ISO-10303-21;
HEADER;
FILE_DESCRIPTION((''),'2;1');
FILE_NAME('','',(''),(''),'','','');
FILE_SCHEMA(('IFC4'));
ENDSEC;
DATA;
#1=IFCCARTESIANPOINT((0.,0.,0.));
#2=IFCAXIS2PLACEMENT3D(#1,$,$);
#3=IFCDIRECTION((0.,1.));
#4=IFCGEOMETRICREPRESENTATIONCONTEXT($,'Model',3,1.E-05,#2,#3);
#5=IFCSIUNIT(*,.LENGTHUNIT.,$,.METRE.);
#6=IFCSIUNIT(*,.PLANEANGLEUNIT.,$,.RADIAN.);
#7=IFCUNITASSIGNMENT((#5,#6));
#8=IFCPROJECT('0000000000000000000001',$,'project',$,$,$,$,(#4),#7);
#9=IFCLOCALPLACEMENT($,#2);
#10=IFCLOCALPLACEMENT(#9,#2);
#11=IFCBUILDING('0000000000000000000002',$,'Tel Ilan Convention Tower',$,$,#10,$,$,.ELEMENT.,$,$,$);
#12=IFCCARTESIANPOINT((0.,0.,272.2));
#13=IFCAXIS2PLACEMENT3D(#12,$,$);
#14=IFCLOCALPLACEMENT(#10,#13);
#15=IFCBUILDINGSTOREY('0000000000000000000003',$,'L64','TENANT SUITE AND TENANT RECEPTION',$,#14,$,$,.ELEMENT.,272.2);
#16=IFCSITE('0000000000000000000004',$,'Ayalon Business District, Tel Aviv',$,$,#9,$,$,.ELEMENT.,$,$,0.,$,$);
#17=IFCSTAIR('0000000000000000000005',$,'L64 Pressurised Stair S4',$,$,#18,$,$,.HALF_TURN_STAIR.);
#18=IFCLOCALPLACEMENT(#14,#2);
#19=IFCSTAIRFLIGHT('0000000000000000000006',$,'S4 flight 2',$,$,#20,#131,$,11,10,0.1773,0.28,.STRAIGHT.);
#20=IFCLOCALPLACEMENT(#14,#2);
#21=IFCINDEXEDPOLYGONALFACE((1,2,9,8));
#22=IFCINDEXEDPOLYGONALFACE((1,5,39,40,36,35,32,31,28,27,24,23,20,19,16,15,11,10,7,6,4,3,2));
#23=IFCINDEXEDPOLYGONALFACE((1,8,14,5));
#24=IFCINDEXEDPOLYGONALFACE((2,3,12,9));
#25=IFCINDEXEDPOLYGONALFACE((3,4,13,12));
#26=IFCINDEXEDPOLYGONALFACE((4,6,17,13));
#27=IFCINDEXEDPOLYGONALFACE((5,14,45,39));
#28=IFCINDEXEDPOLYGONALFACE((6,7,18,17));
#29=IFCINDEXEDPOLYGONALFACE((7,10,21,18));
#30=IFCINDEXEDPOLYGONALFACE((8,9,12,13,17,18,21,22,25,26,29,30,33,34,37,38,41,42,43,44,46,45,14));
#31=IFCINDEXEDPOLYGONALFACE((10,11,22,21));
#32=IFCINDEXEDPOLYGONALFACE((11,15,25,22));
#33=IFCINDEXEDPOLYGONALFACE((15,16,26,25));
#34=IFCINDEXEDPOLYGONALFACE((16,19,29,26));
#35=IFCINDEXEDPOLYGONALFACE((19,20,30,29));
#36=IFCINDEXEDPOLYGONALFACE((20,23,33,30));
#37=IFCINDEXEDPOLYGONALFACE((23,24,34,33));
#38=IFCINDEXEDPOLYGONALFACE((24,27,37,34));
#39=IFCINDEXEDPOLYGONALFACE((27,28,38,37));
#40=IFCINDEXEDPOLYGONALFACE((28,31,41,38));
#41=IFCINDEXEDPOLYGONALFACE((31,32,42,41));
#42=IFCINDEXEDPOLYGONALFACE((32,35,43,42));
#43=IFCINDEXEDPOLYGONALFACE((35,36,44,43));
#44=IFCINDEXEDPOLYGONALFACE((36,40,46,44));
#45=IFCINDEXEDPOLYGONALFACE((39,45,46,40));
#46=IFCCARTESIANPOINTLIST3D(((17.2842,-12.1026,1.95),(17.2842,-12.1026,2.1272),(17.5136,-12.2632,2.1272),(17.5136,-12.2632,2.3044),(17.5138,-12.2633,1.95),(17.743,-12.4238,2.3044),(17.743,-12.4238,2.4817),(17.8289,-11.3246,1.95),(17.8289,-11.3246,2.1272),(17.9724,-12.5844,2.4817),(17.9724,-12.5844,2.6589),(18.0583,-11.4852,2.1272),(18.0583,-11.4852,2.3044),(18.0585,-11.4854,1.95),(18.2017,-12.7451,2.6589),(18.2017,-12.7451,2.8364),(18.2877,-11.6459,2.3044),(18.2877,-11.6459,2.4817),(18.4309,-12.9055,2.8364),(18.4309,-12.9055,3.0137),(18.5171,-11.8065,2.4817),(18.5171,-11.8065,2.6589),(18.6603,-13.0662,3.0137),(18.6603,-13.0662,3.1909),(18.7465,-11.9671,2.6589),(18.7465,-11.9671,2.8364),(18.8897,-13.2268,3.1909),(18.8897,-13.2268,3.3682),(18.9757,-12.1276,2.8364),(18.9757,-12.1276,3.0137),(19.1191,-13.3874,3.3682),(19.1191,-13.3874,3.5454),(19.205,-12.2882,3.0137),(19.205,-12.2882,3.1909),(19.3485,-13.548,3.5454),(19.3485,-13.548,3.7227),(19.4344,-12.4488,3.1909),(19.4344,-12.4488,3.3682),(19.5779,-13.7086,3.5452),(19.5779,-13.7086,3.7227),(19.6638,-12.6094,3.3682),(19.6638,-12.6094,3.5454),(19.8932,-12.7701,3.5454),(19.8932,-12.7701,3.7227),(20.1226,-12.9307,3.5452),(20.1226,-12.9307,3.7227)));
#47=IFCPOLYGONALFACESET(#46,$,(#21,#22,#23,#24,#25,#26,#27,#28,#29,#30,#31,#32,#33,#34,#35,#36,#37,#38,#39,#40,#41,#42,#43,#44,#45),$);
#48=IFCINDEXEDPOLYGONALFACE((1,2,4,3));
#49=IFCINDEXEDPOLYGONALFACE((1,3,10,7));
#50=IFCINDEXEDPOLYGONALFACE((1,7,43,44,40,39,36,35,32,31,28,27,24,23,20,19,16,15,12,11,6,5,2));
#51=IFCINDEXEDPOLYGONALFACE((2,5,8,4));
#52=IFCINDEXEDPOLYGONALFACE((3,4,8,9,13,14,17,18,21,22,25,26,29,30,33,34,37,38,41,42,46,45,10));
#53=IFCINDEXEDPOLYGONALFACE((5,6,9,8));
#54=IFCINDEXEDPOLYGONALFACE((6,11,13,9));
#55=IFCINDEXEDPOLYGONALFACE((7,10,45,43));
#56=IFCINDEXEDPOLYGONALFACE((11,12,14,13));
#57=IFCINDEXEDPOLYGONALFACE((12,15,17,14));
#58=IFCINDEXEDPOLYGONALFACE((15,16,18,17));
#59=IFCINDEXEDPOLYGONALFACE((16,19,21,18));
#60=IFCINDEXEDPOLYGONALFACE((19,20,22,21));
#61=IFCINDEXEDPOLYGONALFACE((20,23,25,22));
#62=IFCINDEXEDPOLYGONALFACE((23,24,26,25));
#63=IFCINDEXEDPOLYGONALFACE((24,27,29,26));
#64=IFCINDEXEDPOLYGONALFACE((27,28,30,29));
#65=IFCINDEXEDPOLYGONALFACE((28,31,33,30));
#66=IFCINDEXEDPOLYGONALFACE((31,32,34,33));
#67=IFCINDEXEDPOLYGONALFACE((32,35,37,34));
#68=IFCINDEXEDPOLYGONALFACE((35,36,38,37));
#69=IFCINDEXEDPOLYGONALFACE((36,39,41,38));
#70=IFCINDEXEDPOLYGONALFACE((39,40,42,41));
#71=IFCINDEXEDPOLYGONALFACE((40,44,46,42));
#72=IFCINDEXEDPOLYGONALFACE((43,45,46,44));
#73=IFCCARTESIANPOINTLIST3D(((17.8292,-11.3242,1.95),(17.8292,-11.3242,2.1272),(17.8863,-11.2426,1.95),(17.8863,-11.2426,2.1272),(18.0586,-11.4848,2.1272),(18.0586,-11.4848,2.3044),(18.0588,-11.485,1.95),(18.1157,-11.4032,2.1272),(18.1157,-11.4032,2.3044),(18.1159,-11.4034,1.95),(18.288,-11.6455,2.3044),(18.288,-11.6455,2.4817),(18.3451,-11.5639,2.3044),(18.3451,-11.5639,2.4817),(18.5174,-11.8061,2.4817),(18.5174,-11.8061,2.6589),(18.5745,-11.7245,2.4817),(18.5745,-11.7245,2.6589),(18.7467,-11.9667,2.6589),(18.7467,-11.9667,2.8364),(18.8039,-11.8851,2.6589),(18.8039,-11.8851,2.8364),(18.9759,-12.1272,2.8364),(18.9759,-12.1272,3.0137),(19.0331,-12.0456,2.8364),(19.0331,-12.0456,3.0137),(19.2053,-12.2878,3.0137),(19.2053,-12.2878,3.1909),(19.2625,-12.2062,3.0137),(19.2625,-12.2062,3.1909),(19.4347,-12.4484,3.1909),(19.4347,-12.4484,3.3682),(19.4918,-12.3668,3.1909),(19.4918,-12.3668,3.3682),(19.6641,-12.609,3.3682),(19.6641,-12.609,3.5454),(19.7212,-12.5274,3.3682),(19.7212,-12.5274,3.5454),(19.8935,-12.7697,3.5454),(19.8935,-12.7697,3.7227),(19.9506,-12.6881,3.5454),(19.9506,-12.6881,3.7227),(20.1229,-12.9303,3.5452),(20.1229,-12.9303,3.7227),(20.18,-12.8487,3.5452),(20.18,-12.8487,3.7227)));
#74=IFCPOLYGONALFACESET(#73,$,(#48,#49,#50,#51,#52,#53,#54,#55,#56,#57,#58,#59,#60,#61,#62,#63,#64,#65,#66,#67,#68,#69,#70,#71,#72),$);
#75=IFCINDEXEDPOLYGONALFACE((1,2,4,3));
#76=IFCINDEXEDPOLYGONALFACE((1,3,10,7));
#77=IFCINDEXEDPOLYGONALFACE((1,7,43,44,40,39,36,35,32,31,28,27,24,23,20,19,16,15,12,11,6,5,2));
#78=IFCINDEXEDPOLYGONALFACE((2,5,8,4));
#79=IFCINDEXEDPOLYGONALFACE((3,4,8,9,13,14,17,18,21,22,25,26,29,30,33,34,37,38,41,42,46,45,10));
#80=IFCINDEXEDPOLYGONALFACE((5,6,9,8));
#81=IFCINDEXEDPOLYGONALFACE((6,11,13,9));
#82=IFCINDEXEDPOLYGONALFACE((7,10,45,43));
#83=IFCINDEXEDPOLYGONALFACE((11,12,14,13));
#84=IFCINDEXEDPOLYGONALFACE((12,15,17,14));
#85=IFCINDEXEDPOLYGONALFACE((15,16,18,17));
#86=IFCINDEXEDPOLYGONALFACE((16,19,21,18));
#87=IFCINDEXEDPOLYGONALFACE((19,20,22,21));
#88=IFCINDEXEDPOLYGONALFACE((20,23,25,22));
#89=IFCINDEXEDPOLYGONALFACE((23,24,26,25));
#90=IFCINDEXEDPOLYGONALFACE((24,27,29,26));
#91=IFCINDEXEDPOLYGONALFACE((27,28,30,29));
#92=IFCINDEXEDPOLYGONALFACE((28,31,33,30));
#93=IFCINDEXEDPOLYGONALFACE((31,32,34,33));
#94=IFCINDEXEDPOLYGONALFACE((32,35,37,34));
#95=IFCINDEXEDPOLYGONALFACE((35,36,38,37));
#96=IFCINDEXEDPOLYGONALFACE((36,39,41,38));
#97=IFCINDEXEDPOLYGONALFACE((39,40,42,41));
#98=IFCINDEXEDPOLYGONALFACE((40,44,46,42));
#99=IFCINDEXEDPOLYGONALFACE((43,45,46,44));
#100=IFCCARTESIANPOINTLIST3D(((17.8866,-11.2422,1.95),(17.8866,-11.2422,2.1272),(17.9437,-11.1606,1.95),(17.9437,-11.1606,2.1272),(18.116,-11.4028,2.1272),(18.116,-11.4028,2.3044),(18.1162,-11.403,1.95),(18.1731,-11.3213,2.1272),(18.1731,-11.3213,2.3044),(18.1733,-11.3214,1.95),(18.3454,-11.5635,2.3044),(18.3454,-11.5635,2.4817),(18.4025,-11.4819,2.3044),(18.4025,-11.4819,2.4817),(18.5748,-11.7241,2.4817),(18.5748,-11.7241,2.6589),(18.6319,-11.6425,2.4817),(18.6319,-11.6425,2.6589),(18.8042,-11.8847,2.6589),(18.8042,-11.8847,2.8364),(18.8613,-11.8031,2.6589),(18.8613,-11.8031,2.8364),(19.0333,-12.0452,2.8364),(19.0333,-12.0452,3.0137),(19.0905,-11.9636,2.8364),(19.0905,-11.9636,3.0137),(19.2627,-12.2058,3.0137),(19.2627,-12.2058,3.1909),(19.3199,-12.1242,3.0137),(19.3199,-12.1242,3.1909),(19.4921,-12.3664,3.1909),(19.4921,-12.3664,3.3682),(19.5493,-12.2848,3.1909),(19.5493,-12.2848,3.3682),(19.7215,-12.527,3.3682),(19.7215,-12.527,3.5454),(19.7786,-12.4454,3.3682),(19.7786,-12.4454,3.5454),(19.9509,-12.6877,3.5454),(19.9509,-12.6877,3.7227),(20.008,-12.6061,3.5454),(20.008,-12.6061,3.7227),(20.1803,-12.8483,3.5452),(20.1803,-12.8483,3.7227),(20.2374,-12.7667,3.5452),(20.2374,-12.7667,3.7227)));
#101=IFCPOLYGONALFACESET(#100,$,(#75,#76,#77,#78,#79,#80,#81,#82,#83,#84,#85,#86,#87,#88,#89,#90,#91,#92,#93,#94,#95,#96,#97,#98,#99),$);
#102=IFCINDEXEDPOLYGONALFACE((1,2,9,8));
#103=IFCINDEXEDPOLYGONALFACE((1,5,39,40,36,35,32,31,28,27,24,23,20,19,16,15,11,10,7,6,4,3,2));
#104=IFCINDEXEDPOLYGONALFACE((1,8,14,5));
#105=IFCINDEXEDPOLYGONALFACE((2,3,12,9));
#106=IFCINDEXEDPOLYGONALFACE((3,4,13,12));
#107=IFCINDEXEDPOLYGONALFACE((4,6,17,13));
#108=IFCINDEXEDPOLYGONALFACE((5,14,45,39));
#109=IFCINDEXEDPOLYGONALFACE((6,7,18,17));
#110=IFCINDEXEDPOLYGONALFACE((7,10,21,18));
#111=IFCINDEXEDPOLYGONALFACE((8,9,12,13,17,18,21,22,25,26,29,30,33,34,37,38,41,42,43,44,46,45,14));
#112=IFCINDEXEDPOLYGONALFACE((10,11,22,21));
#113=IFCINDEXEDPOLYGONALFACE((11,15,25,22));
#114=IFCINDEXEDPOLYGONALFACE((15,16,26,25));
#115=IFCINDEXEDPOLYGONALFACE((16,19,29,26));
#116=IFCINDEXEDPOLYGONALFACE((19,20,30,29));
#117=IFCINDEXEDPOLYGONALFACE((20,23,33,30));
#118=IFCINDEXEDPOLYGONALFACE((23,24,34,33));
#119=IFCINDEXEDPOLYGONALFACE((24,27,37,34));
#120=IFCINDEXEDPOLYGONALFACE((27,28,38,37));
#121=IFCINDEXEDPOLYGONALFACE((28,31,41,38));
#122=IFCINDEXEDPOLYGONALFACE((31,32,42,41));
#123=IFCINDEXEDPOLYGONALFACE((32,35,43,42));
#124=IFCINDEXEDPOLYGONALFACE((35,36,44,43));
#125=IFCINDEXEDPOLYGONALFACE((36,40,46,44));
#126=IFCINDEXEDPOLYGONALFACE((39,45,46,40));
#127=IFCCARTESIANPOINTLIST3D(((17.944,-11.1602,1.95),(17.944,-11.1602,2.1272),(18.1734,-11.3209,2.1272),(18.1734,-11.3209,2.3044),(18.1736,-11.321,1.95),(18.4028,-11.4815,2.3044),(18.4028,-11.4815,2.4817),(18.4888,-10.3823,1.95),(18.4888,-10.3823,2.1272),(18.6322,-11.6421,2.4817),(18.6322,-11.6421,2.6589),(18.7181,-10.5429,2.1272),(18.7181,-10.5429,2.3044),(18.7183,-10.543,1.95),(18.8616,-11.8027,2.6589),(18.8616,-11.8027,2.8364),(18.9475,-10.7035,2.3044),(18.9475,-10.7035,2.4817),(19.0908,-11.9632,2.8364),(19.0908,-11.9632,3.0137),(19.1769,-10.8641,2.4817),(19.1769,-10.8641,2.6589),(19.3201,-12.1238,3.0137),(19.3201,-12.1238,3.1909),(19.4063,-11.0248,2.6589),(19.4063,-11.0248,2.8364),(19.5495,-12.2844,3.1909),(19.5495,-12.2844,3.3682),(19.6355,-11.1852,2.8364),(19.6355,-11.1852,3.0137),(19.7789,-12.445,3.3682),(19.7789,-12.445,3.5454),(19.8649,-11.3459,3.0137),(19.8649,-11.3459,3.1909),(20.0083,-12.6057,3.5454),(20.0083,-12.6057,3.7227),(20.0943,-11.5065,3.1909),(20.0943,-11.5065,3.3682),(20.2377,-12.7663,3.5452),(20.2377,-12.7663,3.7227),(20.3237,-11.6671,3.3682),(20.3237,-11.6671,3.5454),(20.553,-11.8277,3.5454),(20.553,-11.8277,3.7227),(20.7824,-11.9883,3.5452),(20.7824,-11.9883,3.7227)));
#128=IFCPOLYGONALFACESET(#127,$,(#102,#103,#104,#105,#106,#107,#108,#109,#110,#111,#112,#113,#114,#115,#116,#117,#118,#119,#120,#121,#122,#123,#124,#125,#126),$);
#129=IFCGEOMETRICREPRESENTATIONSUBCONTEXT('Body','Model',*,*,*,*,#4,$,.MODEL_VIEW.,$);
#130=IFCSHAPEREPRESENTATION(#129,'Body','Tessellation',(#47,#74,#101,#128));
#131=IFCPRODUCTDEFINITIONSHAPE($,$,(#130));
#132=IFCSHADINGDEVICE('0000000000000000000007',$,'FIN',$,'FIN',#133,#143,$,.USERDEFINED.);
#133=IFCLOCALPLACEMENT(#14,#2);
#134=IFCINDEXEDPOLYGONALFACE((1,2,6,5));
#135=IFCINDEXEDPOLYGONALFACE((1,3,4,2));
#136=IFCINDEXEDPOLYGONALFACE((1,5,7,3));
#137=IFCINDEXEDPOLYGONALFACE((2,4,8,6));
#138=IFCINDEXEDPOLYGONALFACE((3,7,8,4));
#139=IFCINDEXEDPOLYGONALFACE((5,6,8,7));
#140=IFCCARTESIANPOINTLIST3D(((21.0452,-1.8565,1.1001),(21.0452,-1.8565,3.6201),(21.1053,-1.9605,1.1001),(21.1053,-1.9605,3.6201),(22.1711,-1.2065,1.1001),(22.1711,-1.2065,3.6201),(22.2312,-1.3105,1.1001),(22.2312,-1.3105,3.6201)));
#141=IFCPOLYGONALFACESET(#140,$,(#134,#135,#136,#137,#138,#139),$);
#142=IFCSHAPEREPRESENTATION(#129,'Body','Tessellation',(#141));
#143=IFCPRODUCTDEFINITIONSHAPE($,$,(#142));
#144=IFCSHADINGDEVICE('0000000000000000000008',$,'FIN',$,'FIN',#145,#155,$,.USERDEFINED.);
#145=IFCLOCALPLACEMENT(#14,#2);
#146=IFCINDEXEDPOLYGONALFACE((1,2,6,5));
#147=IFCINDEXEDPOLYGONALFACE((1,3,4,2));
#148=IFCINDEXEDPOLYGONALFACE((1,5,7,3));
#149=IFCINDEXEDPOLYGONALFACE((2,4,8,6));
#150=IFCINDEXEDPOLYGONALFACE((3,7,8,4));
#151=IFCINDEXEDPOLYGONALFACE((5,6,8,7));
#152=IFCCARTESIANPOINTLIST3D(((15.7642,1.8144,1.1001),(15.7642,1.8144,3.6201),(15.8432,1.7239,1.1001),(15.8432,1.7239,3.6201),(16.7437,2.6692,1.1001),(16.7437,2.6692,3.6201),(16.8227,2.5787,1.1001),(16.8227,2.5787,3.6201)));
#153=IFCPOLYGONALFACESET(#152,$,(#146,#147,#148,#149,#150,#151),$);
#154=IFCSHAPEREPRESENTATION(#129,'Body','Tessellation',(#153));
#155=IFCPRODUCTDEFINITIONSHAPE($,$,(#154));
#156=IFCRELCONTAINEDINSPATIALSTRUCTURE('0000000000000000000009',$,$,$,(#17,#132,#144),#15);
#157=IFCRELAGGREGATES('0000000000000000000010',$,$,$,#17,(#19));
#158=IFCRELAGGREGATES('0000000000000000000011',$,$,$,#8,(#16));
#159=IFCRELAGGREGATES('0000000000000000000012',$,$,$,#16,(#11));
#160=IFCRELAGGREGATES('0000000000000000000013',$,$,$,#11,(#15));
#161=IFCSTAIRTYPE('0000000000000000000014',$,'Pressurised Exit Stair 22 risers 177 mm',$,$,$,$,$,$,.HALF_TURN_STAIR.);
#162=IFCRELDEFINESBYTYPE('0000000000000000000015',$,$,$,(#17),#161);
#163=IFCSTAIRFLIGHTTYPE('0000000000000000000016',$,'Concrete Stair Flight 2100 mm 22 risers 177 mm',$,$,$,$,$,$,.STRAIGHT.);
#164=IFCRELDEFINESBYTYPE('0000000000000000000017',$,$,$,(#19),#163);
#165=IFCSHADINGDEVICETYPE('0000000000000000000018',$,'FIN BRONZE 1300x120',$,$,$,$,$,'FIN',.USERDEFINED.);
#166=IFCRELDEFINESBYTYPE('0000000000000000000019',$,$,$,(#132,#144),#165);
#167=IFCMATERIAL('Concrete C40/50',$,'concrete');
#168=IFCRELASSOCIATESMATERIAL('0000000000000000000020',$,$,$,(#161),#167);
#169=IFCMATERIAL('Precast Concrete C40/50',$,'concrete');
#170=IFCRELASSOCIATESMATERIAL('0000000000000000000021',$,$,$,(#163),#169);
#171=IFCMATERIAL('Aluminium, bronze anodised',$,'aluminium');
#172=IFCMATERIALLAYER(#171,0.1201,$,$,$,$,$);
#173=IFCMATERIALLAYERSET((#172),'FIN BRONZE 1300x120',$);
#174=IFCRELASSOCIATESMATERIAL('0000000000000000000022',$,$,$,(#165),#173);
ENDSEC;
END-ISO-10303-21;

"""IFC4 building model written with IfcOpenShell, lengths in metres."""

from ifc_helpers import new_model, si_unit, direction, frame, origin, origin_2d, place, context, subcontext, project, spatial, polyline, rectangle, outline, extrude, material, layer, layer_set, type_object, element, aggregate, save


model = new_model("IFC4")

# Units and contexts
model_context = context("Model", 3, precision=1e-05, world=origin(), true_north=direction((0.0, 1.0)))
body_context = subcontext(model_context, "Body", "Model", "MODEL_VIEW")
ifc_project = project(units=[si_unit("LENGTHUNIT", "METRE"), si_unit("PLANEANGLEUNIT", "RADIAN")], contexts=[model_context])

# Site, building, storey
site_placement = place(None, origin())
site = spatial("IfcSite", under=ifc_project, at=site_placement, Name="Ayalon Business District, Tel Aviv", CompositionType="ELEMENT", RefElevation=0.0)
building_placement = place(site_placement, origin())
building = spatial("IfcBuilding", under=site, at=building_placement, Name="Tel Ilan Convention Tower", CompositionType="ELEMENT")
storey_placement = place(building_placement, frame((0.0, 0.0, 272.2)))
storey = spatial("IfcBuildingStorey", under=building, at=storey_placement, Name="L64", Description="TENANT SUITE AND TENANT RECEPTION", CompositionType="ELEMENT", Elevation=272.2)

# Shared definitions
ifc_material_1 = material(Name="Concrete C40/50", Category="concrete")
stair_type = type_object("IfcStairType", Name="Pressurised Exit Stair 22 risers 177 mm", PredefinedType="HALF_TURN_STAIR", material=ifc_material_1)
ifc_material_2 = material(Name="Precast Concrete C40/50", Category="concrete")
stair_flight_type = type_object("IfcStairFlightType", Name="Concrete Stair Flight 2100 mm 22 risers 177 mm", PredefinedType="STRAIGHT", material=ifc_material_2)

# Stair, stair flight
stair_1_placement = place(storey_placement, origin())
stair_1 = element("IfcStair", 1, at=stair_1_placement, inside=storey, type_object=stair_type, Name="L64 Pressurised Stair S4", PredefinedType="HALF_TURN_STAIR")
stair_flight_1_placement = place(storey_placement, frame((17.8865, -11.2424, 1.95), z_axis=(0.0, 0.0, 1.0), x_axis=(0.819152, -0.573576, 0.0)))
stair_flight_1 = element("IfcStairFlight", 2, at=stair_flight_1_placement, type_object=stair_flight_type, Name="S4 flight 2", NumberOfRisers=11, NumberOfTreads=10, PredefinedType="STRAIGHT", RiserHeight=0.1773, TreadLength=0.28, context=body_context, shape_type="SweptSolid", body=[
    extrude(outline(polyline([(0.0, 0.0), (0.0, 0.1772), (0.28, 0.1772), (0.28, 0.3545), (0.5601, 0.3545), (0.5601, 0.5317), (0.8401, 0.5317), (0.8401, 0.709), (1.1201, 0.709), (1.1201, 0.8865), (1.3999, 0.8865), (1.3999, 1.0637), (1.6799, 1.0637), (1.6799, 1.241), (1.96, 1.241), (1.96, 1.4182), (2.24, 1.4182), (2.24, 1.5955), (2.52, 1.5955), (2.52, 1.7727), (2.8, 1.7727), (2.8, 1.95), (2.8, 1.5952), (0.2803, 0.0), (0.0, 0.0)])), frame((0.0, -0.1003, 0.0), z_axis=(0.0, -1.0, 0.0), x_axis=(1.0, 0.0, 0.0)), (0.0, 0.0, 1.0), 0.9497),
    extrude(outline(polyline([(0.0, 0.0), (0.0, 0.1772), (0.28, 0.1772), (0.28, 0.3545), (0.5601, 0.3545), (0.5601, 0.5317), (0.8401, 0.5317), (0.8401, 0.709), (1.1201, 0.709), (1.1201, 0.8865), (1.3999, 0.8865), (1.3999, 1.0637), (1.6799, 1.0637), (1.6799, 1.241), (1.96, 1.241), (1.96, 1.4182), (2.24, 1.4182), (2.24, 1.5955), (2.52, 1.5955), (2.52, 1.7727), (2.8, 1.7727), (2.8, 1.95), (2.8, 1.5952), (0.2803, 0.0), (0.0, 0.0)])), frame((0.0, -0.0002, 0.0), z_axis=(0.0, -1.0, 0.0), x_axis=(1.0, 0.0, 0.0)), (0.0, 0.0, 1.0), 0.0996),
    extrude(outline(polyline([(0.0, 0.0), (0.0, 0.1772), (0.28, 0.1772), (0.28, 0.3545), (0.5601, 0.3545), (0.5601, 0.5317), (0.8401, 0.5317), (0.8401, 0.709), (1.1201, 0.709), (1.1201, 0.8865), (1.3999, 0.8865), (1.3999, 1.0637), (1.6799, 1.0637), (1.6799, 1.241), (1.96, 1.241), (1.96, 1.4182), (2.24, 1.4182), (2.24, 1.5955), (2.52, 1.5955), (2.52, 1.7727), (2.8, 1.7727), (2.8, 1.95), (2.8, 1.5952), (0.2803, 0.0), (0.0, 0.0)])), frame((0.0, 0.0999, 0.0), z_axis=(0.0, -1.0, 0.0), x_axis=(1.0, 0.0, 0.0)), (0.0, 0.0, 1.0), 0.0996),
    extrude(outline(polyline([(0.0, 0.0), (0.0, 0.1772), (0.28, 0.1772), (0.28, 0.3545), (0.5601, 0.3545), (0.5601, 0.5317), (0.8401, 0.5317), (0.8401, 0.709), (1.1201, 0.709), (1.1201, 0.8865), (1.3999, 0.8865), (1.3999, 1.0637), (1.6799, 1.0637), (1.6799, 1.241), (1.96, 1.241), (1.96, 1.4182), (2.24, 1.4182), (2.24, 1.5955), (2.52, 1.5955), (2.52, 1.7727), (2.8, 1.7727), (2.8, 1.95), (2.8, 1.5952), (0.2803, 0.0), (0.0, 0.0)])), frame((0.0, 1.05, 0.0), z_axis=(0.0, -1.0, 0.0), x_axis=(1.0, 0.0, 0.0)), (0.0, 0.0, 1.0), 0.9497),
])
aggregate(stair_1, [stair_flight_1])

# Shading devices
ifc_material_3 = material(Name="Aluminium, bronze anodised", Category="aluminium")
ifc_layer_1 = layer(ifc_material_3, 0.1201)
ifc_layer_set_1 = layer_set([ifc_layer_1], Name="FIN BRONZE 1300x120")
shading_device_type = type_object("IfcShadingDeviceType", Name="FIN BRONZE 1300x120", ElementType="FIN", PredefinedType="USERDEFINED", material=ifc_layer_set_1)
for number, where, z_axis, x_axis, name in (
    (3, (21.6382, -1.5835, 1.1001), (0.0, 0.0, 1.0), (0.866025, 0.5, 0.0), "FIN"),
    (4, (16.2935, 2.1965, 1.1001), (0.0, 0.0, 1.0), (0.753436, 0.657521, 0.0), "FIN"),
):
    element("IfcShadingDevice", number, at=place(storey_placement, frame(where, z_axis=z_axis, x_axis=x_axis)), inside=storey, type_object=shading_device_type, Name=name, ObjectType="FIN", PredefinedType="USERDEFINED", context=body_context, shape_type="SweptSolid", body=[
        extrude(rectangle(XDim=1.3, YDim=0.1201, at=origin_2d()), origin(), (0.0, 0.0, 1.0), 2.52),
    ])

save(model, "model.ifc")
